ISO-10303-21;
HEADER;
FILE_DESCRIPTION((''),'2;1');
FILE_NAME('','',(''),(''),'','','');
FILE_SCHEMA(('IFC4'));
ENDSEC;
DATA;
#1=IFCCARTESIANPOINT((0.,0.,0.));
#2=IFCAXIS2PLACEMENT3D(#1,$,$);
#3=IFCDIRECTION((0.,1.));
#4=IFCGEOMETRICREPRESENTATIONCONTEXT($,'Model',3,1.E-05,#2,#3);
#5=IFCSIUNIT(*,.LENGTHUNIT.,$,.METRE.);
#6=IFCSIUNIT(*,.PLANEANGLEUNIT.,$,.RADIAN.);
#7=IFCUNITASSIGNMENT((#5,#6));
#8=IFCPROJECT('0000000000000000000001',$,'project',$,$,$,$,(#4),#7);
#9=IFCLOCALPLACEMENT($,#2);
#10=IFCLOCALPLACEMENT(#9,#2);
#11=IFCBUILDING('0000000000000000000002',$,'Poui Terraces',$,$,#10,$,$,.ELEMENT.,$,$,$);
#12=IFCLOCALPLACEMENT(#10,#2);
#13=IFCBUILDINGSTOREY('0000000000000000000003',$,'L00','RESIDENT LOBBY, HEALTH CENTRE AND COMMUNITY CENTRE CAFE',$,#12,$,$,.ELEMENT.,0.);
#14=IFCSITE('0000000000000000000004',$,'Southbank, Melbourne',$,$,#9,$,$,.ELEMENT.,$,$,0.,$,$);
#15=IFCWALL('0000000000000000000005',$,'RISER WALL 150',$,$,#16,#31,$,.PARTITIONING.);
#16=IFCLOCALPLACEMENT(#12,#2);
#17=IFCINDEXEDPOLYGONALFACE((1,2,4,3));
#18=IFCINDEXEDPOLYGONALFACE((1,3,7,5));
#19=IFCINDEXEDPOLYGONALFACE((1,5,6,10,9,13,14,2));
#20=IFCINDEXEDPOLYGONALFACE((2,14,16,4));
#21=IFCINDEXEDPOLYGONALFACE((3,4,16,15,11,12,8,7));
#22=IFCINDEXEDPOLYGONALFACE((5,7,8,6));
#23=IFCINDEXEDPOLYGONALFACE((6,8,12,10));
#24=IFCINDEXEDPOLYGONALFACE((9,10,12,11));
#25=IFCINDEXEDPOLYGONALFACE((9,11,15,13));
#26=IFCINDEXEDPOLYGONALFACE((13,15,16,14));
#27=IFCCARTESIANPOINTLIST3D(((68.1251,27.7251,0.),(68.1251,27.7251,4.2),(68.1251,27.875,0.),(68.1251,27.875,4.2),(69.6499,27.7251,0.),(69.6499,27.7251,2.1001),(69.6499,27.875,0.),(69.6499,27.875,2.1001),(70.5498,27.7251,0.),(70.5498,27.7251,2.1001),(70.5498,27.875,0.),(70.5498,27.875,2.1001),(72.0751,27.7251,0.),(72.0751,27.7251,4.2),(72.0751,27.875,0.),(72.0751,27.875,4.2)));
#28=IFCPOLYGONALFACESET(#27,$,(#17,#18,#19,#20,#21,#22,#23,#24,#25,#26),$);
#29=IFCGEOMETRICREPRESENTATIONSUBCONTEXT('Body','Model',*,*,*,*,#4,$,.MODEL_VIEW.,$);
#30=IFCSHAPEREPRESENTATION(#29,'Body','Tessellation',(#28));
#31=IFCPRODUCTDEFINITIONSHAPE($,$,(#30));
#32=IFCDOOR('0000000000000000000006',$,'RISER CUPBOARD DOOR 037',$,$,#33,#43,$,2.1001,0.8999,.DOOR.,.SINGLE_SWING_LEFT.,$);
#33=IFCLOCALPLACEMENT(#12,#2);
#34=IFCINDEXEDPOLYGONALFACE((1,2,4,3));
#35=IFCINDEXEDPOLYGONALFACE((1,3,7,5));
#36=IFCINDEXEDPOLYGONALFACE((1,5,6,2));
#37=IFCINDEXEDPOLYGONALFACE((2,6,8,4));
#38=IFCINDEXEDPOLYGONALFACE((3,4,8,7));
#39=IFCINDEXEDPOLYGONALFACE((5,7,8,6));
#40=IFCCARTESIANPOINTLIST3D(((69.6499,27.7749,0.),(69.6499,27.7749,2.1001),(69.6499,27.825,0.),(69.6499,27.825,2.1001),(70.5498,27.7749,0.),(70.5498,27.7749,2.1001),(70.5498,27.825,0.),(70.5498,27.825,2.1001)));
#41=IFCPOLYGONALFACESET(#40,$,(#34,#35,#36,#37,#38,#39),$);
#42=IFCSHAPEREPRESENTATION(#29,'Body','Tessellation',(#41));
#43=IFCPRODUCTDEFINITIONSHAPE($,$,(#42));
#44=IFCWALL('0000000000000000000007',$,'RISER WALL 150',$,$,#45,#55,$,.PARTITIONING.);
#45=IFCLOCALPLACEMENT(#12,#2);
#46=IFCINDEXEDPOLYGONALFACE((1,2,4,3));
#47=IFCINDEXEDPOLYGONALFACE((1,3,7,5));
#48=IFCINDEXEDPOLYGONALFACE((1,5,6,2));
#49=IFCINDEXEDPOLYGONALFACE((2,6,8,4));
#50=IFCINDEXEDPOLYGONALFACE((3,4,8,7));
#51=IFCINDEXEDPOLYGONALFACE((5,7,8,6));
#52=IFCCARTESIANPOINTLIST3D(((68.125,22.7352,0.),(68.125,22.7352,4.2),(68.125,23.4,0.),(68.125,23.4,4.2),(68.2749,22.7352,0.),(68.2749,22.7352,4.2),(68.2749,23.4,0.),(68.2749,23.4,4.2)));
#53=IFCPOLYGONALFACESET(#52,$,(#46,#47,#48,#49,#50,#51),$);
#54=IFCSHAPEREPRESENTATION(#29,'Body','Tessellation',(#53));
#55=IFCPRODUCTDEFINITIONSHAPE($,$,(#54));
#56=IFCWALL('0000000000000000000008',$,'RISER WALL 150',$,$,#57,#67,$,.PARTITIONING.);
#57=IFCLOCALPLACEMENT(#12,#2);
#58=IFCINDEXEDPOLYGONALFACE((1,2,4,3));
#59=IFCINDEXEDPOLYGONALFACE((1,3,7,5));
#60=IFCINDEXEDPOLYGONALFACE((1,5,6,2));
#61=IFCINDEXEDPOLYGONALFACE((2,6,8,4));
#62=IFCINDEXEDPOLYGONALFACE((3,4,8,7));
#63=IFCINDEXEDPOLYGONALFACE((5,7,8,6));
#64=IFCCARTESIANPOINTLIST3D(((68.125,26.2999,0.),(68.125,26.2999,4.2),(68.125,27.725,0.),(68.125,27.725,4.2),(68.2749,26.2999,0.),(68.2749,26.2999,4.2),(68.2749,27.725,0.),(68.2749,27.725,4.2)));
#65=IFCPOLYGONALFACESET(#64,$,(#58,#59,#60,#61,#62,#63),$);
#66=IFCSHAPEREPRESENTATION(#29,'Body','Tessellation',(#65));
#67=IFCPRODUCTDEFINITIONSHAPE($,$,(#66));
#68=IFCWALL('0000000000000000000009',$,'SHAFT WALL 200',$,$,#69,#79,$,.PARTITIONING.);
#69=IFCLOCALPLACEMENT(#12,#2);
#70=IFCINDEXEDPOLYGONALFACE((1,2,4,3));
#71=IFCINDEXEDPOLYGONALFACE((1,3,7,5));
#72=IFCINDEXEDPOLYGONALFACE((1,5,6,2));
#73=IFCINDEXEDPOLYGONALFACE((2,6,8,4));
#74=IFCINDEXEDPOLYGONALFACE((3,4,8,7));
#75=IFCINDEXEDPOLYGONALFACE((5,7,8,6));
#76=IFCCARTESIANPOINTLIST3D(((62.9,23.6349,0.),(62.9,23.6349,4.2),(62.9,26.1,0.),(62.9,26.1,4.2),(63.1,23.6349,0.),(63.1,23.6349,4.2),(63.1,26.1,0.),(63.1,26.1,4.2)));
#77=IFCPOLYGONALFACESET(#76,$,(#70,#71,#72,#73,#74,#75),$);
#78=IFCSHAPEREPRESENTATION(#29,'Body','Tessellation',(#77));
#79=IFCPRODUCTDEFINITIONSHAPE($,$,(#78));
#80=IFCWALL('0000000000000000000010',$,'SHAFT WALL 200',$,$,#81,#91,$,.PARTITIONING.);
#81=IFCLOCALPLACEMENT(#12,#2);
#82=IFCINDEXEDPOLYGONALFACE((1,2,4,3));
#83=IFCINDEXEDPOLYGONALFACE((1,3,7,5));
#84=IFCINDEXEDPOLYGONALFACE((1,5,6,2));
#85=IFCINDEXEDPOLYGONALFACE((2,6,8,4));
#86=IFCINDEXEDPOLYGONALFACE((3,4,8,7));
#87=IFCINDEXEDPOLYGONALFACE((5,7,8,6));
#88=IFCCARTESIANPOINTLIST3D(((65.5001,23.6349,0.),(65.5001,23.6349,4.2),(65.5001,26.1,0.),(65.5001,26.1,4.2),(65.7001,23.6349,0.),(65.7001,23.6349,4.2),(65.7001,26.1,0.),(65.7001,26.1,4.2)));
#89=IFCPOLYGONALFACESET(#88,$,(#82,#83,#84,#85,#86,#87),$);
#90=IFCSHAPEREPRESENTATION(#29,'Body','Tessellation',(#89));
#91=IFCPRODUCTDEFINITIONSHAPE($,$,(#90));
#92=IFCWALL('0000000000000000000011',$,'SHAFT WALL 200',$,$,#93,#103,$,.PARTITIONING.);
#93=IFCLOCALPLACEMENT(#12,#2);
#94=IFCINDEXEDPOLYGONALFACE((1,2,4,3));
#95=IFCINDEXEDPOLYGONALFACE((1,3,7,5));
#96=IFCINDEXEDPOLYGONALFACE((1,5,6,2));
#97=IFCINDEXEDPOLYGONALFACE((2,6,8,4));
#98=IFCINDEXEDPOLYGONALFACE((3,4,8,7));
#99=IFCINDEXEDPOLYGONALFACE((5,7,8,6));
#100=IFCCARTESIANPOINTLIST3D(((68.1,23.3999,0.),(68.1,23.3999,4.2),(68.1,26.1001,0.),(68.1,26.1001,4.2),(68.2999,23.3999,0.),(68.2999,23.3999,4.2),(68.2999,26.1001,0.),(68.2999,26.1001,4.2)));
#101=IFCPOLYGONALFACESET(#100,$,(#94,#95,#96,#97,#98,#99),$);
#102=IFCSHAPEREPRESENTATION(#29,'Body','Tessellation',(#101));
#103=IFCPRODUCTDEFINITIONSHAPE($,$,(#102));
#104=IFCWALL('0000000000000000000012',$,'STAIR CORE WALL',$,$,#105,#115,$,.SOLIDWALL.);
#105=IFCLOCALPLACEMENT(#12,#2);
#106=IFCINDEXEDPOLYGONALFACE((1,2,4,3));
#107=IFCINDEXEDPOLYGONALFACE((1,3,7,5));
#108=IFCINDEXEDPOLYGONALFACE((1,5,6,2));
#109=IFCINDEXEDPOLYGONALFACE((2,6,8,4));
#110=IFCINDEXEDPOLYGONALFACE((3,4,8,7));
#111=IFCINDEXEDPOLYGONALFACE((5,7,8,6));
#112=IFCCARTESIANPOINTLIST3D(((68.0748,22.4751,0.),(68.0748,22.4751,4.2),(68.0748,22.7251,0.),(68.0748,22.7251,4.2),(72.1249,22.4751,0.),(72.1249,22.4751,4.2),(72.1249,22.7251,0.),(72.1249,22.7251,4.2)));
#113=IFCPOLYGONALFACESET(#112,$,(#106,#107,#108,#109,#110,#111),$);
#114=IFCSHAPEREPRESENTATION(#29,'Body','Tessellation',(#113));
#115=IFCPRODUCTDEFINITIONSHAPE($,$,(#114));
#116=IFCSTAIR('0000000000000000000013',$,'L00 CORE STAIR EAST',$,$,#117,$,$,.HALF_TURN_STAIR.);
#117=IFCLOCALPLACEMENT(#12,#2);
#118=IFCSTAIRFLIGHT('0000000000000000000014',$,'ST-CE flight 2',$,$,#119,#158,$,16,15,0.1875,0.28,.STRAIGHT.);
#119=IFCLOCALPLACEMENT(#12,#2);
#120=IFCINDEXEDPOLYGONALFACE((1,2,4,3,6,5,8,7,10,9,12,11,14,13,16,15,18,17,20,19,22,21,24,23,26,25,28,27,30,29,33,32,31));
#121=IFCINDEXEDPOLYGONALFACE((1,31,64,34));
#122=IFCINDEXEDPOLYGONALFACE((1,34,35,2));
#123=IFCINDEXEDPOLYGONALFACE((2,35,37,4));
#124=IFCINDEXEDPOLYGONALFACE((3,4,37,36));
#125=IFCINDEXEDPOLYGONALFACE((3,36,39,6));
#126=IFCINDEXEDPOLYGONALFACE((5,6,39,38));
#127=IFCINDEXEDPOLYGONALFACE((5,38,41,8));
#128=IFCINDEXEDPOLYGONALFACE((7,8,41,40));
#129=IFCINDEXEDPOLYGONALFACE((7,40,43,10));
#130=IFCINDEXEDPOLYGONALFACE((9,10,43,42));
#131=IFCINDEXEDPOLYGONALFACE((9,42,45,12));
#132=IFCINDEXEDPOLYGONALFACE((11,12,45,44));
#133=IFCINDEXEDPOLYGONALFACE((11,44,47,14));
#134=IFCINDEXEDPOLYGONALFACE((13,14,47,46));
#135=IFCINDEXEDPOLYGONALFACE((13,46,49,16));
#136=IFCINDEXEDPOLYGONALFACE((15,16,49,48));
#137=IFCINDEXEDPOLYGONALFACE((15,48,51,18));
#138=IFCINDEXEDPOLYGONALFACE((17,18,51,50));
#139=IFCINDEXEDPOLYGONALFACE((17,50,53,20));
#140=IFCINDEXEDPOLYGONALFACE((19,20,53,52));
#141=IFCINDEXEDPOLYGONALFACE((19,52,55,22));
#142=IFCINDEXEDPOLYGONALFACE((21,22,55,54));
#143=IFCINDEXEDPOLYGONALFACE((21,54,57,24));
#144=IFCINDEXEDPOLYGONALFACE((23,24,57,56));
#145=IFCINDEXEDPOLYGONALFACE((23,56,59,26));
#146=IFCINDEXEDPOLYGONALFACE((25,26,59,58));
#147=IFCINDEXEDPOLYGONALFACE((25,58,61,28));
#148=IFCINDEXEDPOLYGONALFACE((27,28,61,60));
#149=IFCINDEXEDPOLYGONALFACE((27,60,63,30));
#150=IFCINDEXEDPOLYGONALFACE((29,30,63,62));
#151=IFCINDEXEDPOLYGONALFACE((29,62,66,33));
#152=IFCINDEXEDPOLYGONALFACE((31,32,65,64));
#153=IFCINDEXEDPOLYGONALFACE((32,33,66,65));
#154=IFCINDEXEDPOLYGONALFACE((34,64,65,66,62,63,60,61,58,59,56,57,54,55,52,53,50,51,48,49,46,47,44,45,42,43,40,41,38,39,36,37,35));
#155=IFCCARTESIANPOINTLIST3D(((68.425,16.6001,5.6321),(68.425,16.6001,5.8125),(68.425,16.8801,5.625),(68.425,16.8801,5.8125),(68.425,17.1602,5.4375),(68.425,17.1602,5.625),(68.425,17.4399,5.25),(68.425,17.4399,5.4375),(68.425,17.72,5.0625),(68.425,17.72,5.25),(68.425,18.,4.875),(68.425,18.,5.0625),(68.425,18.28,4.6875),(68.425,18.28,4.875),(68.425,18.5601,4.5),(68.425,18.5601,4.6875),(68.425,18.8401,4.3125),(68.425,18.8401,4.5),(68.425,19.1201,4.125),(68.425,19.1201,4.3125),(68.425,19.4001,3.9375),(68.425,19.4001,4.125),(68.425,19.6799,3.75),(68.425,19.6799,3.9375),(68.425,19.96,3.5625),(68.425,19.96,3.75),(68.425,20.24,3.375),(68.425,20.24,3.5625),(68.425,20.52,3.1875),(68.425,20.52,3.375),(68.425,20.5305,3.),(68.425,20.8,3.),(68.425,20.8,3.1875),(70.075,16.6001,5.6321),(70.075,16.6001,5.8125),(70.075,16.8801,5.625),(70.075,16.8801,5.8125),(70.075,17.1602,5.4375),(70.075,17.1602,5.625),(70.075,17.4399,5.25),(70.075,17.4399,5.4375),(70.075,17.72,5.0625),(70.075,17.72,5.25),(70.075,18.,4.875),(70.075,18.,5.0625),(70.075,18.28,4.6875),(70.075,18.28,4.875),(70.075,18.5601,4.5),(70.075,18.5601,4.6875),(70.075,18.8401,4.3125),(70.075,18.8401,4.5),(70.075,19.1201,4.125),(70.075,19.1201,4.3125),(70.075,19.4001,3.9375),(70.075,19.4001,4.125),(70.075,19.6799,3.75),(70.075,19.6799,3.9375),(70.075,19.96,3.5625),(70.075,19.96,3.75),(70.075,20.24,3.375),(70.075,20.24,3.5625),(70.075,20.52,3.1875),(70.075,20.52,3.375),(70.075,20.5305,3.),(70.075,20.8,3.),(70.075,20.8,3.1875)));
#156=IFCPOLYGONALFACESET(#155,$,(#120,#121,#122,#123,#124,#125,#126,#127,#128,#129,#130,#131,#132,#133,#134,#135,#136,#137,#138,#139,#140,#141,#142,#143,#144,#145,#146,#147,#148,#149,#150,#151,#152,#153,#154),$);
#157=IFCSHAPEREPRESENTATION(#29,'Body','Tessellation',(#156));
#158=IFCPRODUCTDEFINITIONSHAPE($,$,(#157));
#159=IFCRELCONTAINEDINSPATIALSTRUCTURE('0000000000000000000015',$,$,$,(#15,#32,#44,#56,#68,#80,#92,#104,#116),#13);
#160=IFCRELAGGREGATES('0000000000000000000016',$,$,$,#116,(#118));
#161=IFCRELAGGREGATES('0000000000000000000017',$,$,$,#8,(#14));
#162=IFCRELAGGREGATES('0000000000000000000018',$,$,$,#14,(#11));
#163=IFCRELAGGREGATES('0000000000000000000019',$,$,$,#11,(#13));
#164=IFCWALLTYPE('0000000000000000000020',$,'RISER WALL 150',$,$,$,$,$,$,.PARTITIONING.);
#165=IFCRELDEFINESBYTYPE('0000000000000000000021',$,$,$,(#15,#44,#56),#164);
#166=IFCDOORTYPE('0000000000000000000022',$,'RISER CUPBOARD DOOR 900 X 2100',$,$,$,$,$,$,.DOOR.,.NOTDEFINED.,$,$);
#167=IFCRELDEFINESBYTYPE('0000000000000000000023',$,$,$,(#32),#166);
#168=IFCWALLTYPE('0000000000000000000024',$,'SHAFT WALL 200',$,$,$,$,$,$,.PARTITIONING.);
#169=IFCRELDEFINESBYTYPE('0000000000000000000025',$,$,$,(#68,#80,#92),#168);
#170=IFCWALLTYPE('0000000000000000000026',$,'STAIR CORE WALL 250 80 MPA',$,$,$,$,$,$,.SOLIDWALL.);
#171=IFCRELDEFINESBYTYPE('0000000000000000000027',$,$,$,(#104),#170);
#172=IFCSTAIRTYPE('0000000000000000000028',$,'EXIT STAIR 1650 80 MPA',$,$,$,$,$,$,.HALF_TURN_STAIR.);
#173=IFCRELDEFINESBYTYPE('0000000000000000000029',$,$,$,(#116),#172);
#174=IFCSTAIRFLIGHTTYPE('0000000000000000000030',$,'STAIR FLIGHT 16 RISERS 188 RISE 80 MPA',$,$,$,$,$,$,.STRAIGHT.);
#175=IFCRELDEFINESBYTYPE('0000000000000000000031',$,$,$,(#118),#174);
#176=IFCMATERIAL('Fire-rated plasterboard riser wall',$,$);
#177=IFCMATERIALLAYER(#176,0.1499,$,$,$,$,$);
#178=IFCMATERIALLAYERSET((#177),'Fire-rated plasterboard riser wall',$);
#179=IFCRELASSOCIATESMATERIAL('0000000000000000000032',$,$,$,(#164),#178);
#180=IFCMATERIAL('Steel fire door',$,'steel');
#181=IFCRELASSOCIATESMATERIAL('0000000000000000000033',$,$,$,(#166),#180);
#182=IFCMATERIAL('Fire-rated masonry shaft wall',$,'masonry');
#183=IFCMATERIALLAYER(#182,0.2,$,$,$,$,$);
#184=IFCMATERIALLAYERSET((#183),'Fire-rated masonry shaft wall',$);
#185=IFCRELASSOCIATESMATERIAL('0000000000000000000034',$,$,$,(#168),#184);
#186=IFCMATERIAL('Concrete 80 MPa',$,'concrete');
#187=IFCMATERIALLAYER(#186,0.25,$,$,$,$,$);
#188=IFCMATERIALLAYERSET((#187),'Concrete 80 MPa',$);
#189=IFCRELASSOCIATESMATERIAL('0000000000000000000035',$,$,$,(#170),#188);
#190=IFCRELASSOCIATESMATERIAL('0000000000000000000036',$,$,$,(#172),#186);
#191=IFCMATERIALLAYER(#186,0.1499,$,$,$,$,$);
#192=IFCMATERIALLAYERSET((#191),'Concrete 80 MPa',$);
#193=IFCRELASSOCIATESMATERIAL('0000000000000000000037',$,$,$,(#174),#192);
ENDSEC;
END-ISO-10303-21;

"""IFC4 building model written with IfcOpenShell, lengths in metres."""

from ifc_helpers import new_model, si_unit, direction, frame, frame_2d, origin, place, context, subcontext, project, spatial, polyline, rectangle, outline, extrude, material, layer, layer_set, type_object, element, fill, aggregate, save


model = new_model("IFC4")

# Units and contexts
model_context = context("Model", 3, precision=1e-05, world=origin(), true_north=direction((0.0, 1.0)))
body_context = subcontext(model_context, "Body", "Model", "MODEL_VIEW")
ifc_project = project(units=[si_unit("LENGTHUNIT", "METRE"), si_unit("PLANEANGLEUNIT", "RADIAN")], contexts=[model_context])

# Site, building, storey
site_placement = place(None, origin())
site = spatial("IfcSite", under=ifc_project, at=site_placement, Name="Southbank, Melbourne", CompositionType="ELEMENT", RefElevation=0.0)
building_placement = place(site_placement, origin())
building = spatial("IfcBuilding", under=site, at=building_placement, Name="Poui Terraces", CompositionType="ELEMENT")
storey_placement = place(building_placement, origin())
storey = spatial("IfcBuildingStorey", under=building, at=storey_placement, Name="L00", Description="RESIDENT LOBBY, HEALTH CENTRE AND COMMUNITY CENTRE CAFE", CompositionType="ELEMENT", Elevation=0.0)

# Shared definitions
ifc_material_1 = material(Name="Steel fire door", Category="steel")

# Wall, opening, door
ifc_material_2 = material(Name="Fire-rated plasterboard riser wall")
ifc_layer_1 = layer(ifc_material_2, 0.1499)
ifc_layer_set_1 = layer_set([ifc_layer_1], Name="Fire-rated plasterboard riser wall")
wall_type_1 = type_object("IfcWallType", Name="RISER WALL 150", PredefinedType="PARTITIONING", material=ifc_layer_set_1)
wall_1_placement = place(storey_placement, frame((68.125, 27.8, 0.0), z_axis=(0.0, 0.0, 1.0), x_axis=(1.0, 0.0, 0.0)))
wall_1 = element("IfcWall", 1, at=wall_1_placement, inside=storey, type_object=wall_type_1, Name="RISER WALL 150", PredefinedType="PARTITIONING", context=body_context, shape_type="SweptSolid", body=[
    extrude(rectangle(XDim=3.95, YDim=0.1499, at=frame_2d((1.9751, 0.0))), origin(), (0.0, 0.0, 1.0), 4.2),
])
opening_1_placement = place(wall_1_placement, frame((1.5249, 0.0, 0.0)))
opening_1 = element("IfcOpeningElement", 2, at=opening_1_placement, cuts=wall_1, PredefinedType="OPENING", context=body_context, shape_type="SweptSolid", body=[
    extrude(rectangle(XDim=0.8999, YDim=2.1001, at=frame_2d((0.45, 1.05))), frame((0.0, 0.085, 0.0), z_axis=(0.0, -1.0, 0.0), x_axis=(1.0, 0.0, 0.0)), (0.0, 0.0, 1.0), 0.1699),
])
door_type_1 = type_object("IfcDoorType", Name="RISER CUPBOARD DOOR 900 X 2100", OperationType="NOTDEFINED", PredefinedType="DOOR", material=ifc_material_1)
door_1_placement = place(opening_1_placement, origin())
door_1 = element("IfcDoor", 3, at=door_1_placement, inside=storey, type_object=door_type_1, Name="RISER CUPBOARD DOOR 037", OperationType="SINGLE_SWING_LEFT", OverallHeight=2.1001, OverallWidth=0.8999, PredefinedType="DOOR", context=body_context, shape_type="SweptSolid", body=[
    extrude(rectangle(XDim=0.8999, YDim=2.1001, at=frame_2d((0.45, 1.05))), frame((0.0, 0.0249, 0.0), z_axis=(0.0, -1.0, 0.0), x_axis=(1.0, 0.0, 0.0)), (0.0, 0.0, 1.0), 0.05),
])
fill(opening_1, door_1)

# Walls
wall_2_placement = place(storey_placement, frame((68.2, 22.7351, 0.0), z_axis=(0.0, 0.0, 1.0), x_axis=(0.0, 1.0, 0.0)))
element("IfcWall", 4, at=wall_2_placement, inside=storey, type_object=wall_type_1, Name="RISER WALL 150", PredefinedType="PARTITIONING", context=body_context, shape_type="SweptSolid", body=[
    extrude(rectangle(XDim=0.6648, YDim=0.1499, at=frame_2d((0.3325, 0.0))), origin(), (0.0, 0.0, 1.0), 4.2),
])
wall_3_placement = place(storey_placement, frame((68.2, 26.3, 0.0), z_axis=(0.0, 0.0, 1.0), x_axis=(0.0, 1.0, 0.0)))
element("IfcWall", 5, at=wall_3_placement, inside=storey, type_object=wall_type_1, Name="RISER WALL 150", PredefinedType="PARTITIONING", context=body_context, shape_type="SweptSolid", body=[
    extrude(rectangle(XDim=1.425, YDim=0.1499, at=frame_2d((0.7124, 0.0))), origin(), (0.0, 0.0, 1.0), 4.2),
])
ifc_material_3 = material(Name="Fire-rated masonry shaft wall", Category="masonry")
ifc_layer_2 = layer(ifc_material_3, 0.2)
ifc_layer_set_2 = layer_set([ifc_layer_2], Name="Fire-rated masonry shaft wall")
wall_type_2 = type_object("IfcWallType", Name="SHAFT WALL 200", PredefinedType="PARTITIONING", material=ifc_layer_set_2)
for number, where, z_axis, x_axis, name in (
    (6, (63.0, 23.635, 0.0), (0.0, 0.0, 1.0), (0.0, 1.0, 0.0), "SHAFT WALL 200"),
    (7, (65.6001, 23.635, 0.0), (0.0, 0.0, 1.0), (0.0, 1.0, 0.0), "SHAFT WALL 200"),
):
    element("IfcWall", number, at=place(storey_placement, frame(where, z_axis=z_axis, x_axis=x_axis)), inside=storey, type_object=wall_type_2, Name=name, PredefinedType="PARTITIONING", context=body_context, shape_type="SweptSolid", body=[
        extrude(rectangle(XDim=2.4651, YDim=0.2, at=frame_2d((1.2324, 0.0))), origin(), (0.0, 0.0, 1.0), 4.2),
    ])
wall_4_placement = place(storey_placement, frame((68.2, 23.3999, 0.0), z_axis=(0.0, 0.0, 1.0), x_axis=(0.0, 1.0, 0.0)))
element("IfcWall", 8, at=wall_4_placement, inside=storey, type_object=wall_type_2, Name="SHAFT WALL 200", PredefinedType="PARTITIONING", context=body_context, shape_type="SweptSolid", body=[
    extrude(rectangle(XDim=2.7002, YDim=0.2, at=frame_2d((1.3501, 0.0))), origin(), (0.0, 0.0, 1.0), 4.2),
])
ifc_material_4 = material(Name="Concrete 80 MPa", Category="concrete")
ifc_layer_3 = layer(ifc_material_4, 0.25)
ifc_layer_set_3 = layer_set([ifc_layer_3], Name="Concrete 80 MPa")
wall_type_3 = type_object("IfcWallType", Name="STAIR CORE WALL 250 80 MPA", PredefinedType="SOLIDWALL", material=ifc_layer_set_3)
wall_5_placement = place(storey_placement, frame((68.075, 22.6001, 0.0), z_axis=(0.0, 0.0, 1.0), x_axis=(1.0, 0.0, 0.0)))
element("IfcWall", 9, at=wall_5_placement, inside=storey, type_object=wall_type_3, Name="STAIR CORE WALL", PredefinedType="SOLIDWALL", context=body_context, shape_type="SweptSolid", body=[
    extrude(rectangle(XDim=4.05, YDim=0.25, at=frame_2d((2.0249, 0.0))), origin(), (0.0, 0.0, 1.0), 4.2),
])

# Stair, stair flight
stair_type = type_object("IfcStairType", Name="EXIT STAIR 1650 80 MPA", PredefinedType="HALF_TURN_STAIR", material=ifc_material_4)
stair_placement = place(storey_placement, origin())
stair = element("IfcStair", 10, at=stair_placement, inside=storey, type_object=stair_type, Name="L00 CORE STAIR EAST", PredefinedType="HALF_TURN_STAIR")
ifc_layer_4 = layer(ifc_material_4, 0.1499)
ifc_layer_set_4 = layer_set([ifc_layer_4], Name="Concrete 80 MPa")
stair_flight_type = type_object("IfcStairFlightType", Name="STAIR FLIGHT 16 RISERS 188 RISE 80 MPA", PredefinedType="STRAIGHT", material=ifc_layer_set_4)
stair_flight_placement = place(storey_placement, frame((69.25, 20.8, 3.0), z_axis=(0.0, 0.0, 1.0), x_axis=(0.0, -1.0, 0.0)))
stair_flight = element("IfcStairFlight", 11, at=stair_flight_placement, type_object=stair_flight_type, Name="ST-CE flight 2", NumberOfRisers=16, NumberOfTreads=15, PredefinedType="STRAIGHT", RiserHeight=0.1875, TreadLength=0.28, context=body_context, shape_type="SweptSolid", body=[
    extrude(outline(polyline([(0.0, 0.0), (0.0, 0.1875), (0.28, 0.1875), (0.28, 0.375), (0.5601, 0.375), (0.5601, 0.5625), (0.8401, 0.5625), (0.8401, 0.75), (1.1201, 0.75), (1.1201, 0.9375), (1.3999, 0.9375), (1.3999, 1.125), (1.6799, 1.125), (1.6799, 1.3125), (1.96, 1.3125), (1.96, 1.5), (2.24, 1.5), (2.24, 1.6875), (2.52, 1.6875), (2.52, 1.875), (2.8, 1.875), (2.8, 2.0625), (3.0801, 2.0625), (3.0801, 2.25), (3.3601, 2.25), (3.3601, 2.4375), (3.6399, 2.4375), (3.6399, 2.625), (3.9199, 2.625), (3.9199, 2.8125), (4.2, 2.8125), (4.2, 3.0), (4.2, 2.6321), (0.2695, 0.0), (0.0, 0.0)])), frame((0.0, 0.825, 0.0), z_axis=(0.0, -1.0, 0.0), x_axis=(1.0, 0.0, 0.0)), (0.0, 0.0, 1.0), 1.6499),
])
aggregate(stair, [stair_flight])

save(model, "model.ifc")
